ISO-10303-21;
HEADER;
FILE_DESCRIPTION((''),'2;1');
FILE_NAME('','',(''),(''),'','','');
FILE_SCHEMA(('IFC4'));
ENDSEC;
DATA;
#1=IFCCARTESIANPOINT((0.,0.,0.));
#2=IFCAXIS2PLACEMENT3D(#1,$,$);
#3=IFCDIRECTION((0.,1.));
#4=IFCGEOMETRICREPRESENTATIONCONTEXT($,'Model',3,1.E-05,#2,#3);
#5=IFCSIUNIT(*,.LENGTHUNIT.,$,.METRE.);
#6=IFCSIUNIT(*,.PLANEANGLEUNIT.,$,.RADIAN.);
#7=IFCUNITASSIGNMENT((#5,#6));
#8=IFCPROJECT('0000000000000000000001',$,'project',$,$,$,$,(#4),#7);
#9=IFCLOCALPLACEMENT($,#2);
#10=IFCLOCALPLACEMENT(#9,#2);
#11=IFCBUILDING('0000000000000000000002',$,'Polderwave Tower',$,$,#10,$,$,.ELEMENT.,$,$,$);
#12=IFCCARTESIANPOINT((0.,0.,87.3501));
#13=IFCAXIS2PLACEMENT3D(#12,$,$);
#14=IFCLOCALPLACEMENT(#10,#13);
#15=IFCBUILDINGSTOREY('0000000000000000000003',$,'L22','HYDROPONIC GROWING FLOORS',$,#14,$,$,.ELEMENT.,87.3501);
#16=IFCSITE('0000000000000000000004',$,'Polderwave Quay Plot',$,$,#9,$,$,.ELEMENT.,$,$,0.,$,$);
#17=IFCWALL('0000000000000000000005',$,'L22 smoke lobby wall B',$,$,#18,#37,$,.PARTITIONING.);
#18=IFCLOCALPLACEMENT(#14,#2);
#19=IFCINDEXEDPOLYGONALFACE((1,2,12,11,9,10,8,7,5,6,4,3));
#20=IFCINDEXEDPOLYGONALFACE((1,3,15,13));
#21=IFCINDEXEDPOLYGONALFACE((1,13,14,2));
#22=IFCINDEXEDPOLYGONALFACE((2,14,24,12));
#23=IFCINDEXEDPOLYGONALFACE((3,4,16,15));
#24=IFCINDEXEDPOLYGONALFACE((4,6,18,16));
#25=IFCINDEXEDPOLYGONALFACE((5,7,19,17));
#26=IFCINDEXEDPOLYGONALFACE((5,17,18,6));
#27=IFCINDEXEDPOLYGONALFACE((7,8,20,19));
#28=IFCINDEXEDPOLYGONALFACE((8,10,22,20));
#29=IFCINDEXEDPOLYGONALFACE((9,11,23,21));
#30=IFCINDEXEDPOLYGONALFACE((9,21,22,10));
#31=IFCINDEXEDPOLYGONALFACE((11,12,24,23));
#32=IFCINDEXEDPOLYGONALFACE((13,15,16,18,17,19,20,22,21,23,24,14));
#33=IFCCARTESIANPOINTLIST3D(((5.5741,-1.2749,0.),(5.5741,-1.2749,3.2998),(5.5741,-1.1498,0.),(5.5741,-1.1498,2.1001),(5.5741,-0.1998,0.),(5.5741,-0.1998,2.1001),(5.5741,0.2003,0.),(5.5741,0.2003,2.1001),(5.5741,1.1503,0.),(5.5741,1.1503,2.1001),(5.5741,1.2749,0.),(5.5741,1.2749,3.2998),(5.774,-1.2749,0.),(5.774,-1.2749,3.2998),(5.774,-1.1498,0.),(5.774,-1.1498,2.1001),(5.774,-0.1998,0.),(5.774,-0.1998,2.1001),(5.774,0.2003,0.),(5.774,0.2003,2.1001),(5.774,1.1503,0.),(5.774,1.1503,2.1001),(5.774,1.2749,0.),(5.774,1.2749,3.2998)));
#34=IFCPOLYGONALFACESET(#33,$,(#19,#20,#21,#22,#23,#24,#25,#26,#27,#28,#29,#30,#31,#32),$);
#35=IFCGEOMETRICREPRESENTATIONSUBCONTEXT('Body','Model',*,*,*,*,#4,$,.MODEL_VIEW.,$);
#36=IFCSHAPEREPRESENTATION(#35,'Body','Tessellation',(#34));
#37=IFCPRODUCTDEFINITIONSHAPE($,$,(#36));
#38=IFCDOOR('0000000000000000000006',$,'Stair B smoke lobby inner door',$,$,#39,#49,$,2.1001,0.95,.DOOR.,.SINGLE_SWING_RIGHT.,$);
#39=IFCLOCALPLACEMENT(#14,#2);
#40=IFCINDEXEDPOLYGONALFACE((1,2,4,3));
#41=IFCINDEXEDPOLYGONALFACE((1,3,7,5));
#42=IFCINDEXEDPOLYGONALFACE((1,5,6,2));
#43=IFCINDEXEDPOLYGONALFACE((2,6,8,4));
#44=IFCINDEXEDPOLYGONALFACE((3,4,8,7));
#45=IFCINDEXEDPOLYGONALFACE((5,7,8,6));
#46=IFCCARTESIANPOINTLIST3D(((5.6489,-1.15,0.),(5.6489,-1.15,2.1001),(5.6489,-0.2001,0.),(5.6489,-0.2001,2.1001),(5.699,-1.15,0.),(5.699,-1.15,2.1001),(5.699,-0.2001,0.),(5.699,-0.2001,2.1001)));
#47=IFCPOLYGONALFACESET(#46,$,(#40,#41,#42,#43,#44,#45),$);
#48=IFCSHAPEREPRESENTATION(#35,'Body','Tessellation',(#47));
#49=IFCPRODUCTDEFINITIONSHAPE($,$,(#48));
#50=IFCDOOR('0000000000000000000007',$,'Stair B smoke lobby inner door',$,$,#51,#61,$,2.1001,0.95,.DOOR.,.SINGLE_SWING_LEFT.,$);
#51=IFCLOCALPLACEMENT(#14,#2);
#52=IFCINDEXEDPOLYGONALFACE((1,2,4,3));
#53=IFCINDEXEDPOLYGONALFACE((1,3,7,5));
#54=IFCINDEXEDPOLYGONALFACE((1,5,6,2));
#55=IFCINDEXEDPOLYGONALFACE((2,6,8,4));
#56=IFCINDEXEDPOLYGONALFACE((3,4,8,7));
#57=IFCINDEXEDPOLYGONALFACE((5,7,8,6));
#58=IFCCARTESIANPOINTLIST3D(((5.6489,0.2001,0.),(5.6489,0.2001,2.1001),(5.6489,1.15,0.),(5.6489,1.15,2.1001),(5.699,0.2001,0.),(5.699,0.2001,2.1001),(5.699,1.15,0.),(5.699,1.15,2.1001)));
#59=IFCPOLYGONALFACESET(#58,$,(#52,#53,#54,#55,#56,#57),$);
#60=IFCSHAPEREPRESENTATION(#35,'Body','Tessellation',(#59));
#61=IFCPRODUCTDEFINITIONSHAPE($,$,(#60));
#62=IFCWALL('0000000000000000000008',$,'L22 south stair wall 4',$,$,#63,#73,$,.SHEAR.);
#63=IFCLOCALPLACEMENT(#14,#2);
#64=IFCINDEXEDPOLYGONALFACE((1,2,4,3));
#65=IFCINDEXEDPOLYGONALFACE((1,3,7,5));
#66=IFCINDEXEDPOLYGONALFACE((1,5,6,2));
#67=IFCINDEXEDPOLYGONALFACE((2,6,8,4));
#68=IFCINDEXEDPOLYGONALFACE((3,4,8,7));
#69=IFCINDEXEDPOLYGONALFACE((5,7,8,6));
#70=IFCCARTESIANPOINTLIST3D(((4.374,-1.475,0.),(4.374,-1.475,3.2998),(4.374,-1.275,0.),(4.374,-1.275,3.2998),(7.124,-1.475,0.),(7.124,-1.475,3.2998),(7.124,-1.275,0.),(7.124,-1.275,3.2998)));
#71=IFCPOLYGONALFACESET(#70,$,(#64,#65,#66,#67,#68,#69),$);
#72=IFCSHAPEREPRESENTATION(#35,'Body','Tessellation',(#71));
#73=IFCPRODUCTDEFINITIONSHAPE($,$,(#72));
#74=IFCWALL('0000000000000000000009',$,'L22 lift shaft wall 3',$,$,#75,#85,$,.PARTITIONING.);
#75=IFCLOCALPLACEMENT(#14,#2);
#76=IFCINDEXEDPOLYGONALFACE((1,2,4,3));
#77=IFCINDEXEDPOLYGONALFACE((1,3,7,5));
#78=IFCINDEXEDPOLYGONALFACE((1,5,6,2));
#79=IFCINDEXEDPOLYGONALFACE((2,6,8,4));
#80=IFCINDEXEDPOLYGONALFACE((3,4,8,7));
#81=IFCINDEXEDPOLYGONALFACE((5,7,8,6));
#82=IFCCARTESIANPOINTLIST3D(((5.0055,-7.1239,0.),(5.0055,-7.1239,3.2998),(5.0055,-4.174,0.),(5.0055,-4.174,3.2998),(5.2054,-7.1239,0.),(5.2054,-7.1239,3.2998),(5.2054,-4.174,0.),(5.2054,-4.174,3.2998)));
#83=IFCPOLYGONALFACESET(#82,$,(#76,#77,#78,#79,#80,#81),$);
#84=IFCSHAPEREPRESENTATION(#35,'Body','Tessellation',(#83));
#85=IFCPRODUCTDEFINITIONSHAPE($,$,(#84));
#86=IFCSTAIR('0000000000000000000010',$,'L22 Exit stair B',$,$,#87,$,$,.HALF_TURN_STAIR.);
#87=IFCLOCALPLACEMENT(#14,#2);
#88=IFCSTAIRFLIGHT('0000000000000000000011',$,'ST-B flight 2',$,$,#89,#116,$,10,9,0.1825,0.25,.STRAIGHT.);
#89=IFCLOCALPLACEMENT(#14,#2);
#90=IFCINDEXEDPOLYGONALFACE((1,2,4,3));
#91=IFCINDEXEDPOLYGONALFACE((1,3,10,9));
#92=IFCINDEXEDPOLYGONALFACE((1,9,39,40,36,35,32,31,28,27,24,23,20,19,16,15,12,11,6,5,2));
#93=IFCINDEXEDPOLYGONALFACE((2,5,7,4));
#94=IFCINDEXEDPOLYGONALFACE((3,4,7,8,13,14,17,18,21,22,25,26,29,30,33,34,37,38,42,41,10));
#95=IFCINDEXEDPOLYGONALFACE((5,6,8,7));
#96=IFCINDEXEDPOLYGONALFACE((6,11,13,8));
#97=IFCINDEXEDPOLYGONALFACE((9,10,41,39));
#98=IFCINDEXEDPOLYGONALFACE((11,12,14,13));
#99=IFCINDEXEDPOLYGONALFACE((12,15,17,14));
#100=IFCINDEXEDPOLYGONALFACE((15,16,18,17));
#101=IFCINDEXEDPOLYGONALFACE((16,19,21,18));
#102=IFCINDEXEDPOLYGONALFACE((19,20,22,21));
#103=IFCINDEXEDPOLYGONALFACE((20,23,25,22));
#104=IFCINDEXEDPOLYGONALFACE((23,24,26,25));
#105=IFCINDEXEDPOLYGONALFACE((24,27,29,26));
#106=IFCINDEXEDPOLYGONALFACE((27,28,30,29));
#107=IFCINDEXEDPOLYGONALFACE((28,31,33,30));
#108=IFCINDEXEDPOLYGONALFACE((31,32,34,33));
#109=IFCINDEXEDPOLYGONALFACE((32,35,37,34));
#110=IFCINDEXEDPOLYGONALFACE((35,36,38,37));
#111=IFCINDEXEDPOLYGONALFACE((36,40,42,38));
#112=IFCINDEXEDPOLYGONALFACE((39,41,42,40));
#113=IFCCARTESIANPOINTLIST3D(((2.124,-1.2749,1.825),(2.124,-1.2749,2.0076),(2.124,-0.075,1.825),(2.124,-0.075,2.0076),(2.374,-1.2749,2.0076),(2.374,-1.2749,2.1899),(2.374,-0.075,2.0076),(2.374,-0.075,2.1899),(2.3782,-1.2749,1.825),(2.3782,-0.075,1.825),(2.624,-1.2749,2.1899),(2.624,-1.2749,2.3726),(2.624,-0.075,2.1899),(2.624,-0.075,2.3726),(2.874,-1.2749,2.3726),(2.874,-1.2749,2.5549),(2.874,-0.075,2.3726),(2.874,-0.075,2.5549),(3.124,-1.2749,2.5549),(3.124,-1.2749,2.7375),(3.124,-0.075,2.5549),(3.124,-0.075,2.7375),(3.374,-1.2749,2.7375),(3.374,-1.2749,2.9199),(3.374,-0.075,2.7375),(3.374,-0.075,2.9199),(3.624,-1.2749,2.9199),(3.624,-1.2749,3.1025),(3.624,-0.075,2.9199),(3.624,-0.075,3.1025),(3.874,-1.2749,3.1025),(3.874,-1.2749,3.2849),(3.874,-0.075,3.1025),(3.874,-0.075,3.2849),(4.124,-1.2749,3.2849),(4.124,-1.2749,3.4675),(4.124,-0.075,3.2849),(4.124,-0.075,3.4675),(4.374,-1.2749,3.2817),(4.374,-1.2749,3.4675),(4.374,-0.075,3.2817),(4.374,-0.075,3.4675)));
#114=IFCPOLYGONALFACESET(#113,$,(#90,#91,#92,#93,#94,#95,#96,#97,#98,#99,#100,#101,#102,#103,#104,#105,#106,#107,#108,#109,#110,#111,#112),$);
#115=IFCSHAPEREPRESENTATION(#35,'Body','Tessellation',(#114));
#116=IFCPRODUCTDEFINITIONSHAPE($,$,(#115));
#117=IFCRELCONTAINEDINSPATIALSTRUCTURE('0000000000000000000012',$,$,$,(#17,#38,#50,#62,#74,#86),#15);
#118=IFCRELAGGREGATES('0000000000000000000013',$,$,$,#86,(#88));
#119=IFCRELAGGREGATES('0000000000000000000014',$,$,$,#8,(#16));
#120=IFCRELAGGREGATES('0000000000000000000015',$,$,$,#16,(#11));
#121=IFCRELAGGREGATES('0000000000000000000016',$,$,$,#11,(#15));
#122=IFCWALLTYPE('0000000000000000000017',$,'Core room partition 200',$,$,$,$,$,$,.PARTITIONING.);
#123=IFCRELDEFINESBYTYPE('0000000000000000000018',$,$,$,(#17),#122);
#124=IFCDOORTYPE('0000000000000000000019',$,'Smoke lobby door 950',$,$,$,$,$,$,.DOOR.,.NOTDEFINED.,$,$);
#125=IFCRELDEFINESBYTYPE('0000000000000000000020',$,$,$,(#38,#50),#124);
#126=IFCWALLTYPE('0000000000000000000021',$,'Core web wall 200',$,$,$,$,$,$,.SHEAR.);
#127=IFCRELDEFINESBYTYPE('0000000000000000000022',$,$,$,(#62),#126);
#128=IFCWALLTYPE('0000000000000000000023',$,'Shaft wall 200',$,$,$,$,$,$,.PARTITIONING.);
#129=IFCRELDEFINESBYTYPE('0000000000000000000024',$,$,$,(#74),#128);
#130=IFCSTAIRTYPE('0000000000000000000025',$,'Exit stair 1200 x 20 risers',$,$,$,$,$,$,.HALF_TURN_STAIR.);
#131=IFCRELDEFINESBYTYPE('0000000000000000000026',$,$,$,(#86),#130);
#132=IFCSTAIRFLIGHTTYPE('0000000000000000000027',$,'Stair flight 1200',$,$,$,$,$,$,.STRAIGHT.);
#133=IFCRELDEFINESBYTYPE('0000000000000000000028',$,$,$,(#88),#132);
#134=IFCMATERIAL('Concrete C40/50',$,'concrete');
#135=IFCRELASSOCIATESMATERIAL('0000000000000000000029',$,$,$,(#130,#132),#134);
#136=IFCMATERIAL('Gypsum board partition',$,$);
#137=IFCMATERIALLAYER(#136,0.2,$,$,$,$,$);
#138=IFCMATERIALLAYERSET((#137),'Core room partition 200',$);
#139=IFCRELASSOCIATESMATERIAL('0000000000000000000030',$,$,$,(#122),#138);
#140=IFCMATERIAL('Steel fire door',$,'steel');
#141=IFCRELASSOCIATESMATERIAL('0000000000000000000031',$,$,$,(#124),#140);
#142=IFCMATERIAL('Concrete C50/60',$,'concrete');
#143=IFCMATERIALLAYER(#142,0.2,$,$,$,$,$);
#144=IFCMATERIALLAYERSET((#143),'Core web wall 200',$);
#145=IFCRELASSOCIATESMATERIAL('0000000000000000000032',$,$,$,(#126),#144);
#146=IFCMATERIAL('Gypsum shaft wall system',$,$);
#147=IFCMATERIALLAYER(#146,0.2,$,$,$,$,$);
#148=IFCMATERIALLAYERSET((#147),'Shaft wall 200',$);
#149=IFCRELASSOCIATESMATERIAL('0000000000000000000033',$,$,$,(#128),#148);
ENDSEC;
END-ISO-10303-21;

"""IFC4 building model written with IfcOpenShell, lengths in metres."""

from ifc_helpers import new_model, si_unit, direction, frame, frame_2d, origin, place, context, subcontext, project, spatial, polyline, rectangle, outline, extrude, material, layer, layer_set, type_object, element, fill, aggregate, save


model = new_model("IFC4")

# Units and contexts
model_context = context("Model", 3, precision=1e-05, world=origin(), true_north=direction((0.0, 1.0)))
body_context = subcontext(model_context, "Body", "Model", "MODEL_VIEW")
ifc_project = project(units=[si_unit("LENGTHUNIT", "METRE"), si_unit("PLANEANGLEUNIT", "RADIAN")], contexts=[model_context])

# Site, building, storey
site_placement = place(None, origin())
site = spatial("IfcSite", under=ifc_project, at=site_placement, Name="Polderwave Quay Plot", CompositionType="ELEMENT", RefElevation=0.0)
building_placement = place(site_placement, origin())
building = spatial("IfcBuilding", under=site, at=building_placement, Name="Polderwave Tower", CompositionType="ELEMENT")
storey_placement = place(building_placement, frame((0.0, 0.0, 87.3501)))
storey = spatial("IfcBuildingStorey", under=building, at=storey_placement, Name="L22", Description="HYDROPONIC GROWING FLOORS", CompositionType="ELEMENT", Elevation=87.3501)

# Shared definitions
ifc_material_1 = material(Name="Concrete C40/50", Category="concrete")

# Shared definitions
stair_type = type_object("IfcStairType", Name="Exit stair 1200 x 20 risers", PredefinedType="HALF_TURN_STAIR", material=ifc_material_1)

# Wall, openings, doors
ifc_material_2 = material(Name="Steel fire door", Category="steel")
ifc_material_3 = material(Name="Gypsum board partition")
ifc_layer_1 = layer(ifc_material_3, 0.2)
ifc_layer_set_1 = layer_set([ifc_layer_1], Name="Core room partition 200")
wall_type_1 = type_object("IfcWallType", Name="Core room partition 200", PredefinedType="PARTITIONING", material=ifc_layer_set_1)
wall_1_placement = place(storey_placement, frame((5.6741, -1.2749, 0.0), z_axis=(0.0, 0.0, 1.0), x_axis=(0.0, 1.0, 0.0)))
wall_1 = element("IfcWall", 1, at=wall_1_placement, inside=storey, type_object=wall_type_1, Name="L22 smoke lobby wall B", PredefinedType="PARTITIONING", context=body_context, shape_type="SweptSolid", body=[
    extrude(rectangle(XDim=2.5498, YDim=0.2, at=frame_2d((1.2749, 0.0))), origin(), (0.0, 0.0, 1.0), 3.2998),
])
opening_1_placement = place(wall_1_placement, frame((0.125, 0.0, 0.0)))
opening_1 = element("IfcOpeningElement", 2, at=opening_1_placement, cuts=wall_1, PredefinedType="OPENING", context=body_context, shape_type="SweptSolid", body=[
    extrude(rectangle(XDim=0.95, YDim=2.1001, at=frame_2d((0.4751, 1.05))), frame((0.0, 0.1099, 0.0), z_axis=(0.0, -1.0, 0.0), x_axis=(1.0, 0.0, 0.0)), (0.0, 0.0, 1.0), 0.22),
])
opening_2_placement = place(wall_1_placement, frame((1.4751, 0.0, 0.0)))
opening_2 = element("IfcOpeningElement", 3, at=opening_2_placement, cuts=wall_1, PredefinedType="OPENING", context=body_context, shape_type="SweptSolid", body=[
    extrude(rectangle(XDim=0.95, YDim=2.1001, at=frame_2d((0.4751, 1.05))), frame((0.0, 0.1099, 0.0), z_axis=(0.0, -1.0, 0.0), x_axis=(1.0, 0.0, 0.0)), (0.0, 0.0, 1.0), 0.22),
])
door_type_1 = type_object("IfcDoorType", Name="Smoke lobby door 950", OperationType="NOTDEFINED", PredefinedType="DOOR", material=ifc_material_2)
door_1_placement = place(opening_1_placement, frame((0.95, 0.0, 0.0), z_axis=(0.0, 0.0, 1.0), x_axis=(-1.0, 0.0, 0.0)))
door_1 = element("IfcDoor", 4, at=door_1_placement, inside=storey, type_object=door_type_1, Name="Stair B smoke lobby inner door", OperationType="SINGLE_SWING_RIGHT", OverallHeight=2.1001, OverallWidth=0.95, PredefinedType="DOOR", context=body_context, shape_type="SweptSolid", body=[
    extrude(rectangle(XDim=0.95, YDim=2.1001, at=frame_2d((0.4751, 1.05))), frame((0.0, 0.0249, 0.0), z_axis=(0.0, -1.0, 0.0), x_axis=(1.0, 0.0, 0.0)), (0.0, 0.0, 1.0), 0.05),
])
fill(opening_1, door_1)
door_2_placement = place(opening_2_placement, frame((0.95, 0.0, 0.0), z_axis=(0.0, 0.0, 1.0), x_axis=(-1.0, 0.0, 0.0)))
door_2 = element("IfcDoor", 5, at=door_2_placement, inside=storey, type_object=door_type_1, Name="Stair B smoke lobby inner door", OperationType="SINGLE_SWING_LEFT", OverallHeight=2.1001, OverallWidth=0.95, PredefinedType="DOOR", context=body_context, shape_type="SweptSolid", body=[
    extrude(rectangle(XDim=0.95, YDim=2.1001, at=frame_2d((0.4751, 1.05))), frame((0.0, 0.0249, 0.0), z_axis=(0.0, -1.0, 0.0), x_axis=(1.0, 0.0, 0.0)), (0.0, 0.0, 1.0), 0.05),
])
fill(opening_2, door_2)

# Walls
ifc_material_4 = material(Name="Concrete C50/60", Category="concrete")
ifc_layer_2 = layer(ifc_material_4, 0.2)
ifc_layer_set_2 = layer_set([ifc_layer_2], Name="Core web wall 200")
wall_type_2 = type_object("IfcWallType", Name="Core web wall 200", PredefinedType="SHEAR", material=ifc_layer_set_2)
wall_2_placement = place(storey_placement, frame((4.374, -1.375, 0.0), z_axis=(0.0, 0.0, 1.0), x_axis=(1.0, 0.0, 0.0)))
element("IfcWall", 6, at=wall_2_placement, inside=storey, type_object=wall_type_2, Name="L22 south stair wall 4", PredefinedType="SHEAR", context=body_context, shape_type="SweptSolid", body=[
    extrude(rectangle(XDim=2.75, YDim=0.2, at=frame_2d((1.375, 0.0))), origin(), (0.0, 0.0, 1.0), 3.2998),
])
ifc_material_5 = material(Name="Gypsum shaft wall system")
ifc_layer_3 = layer(ifc_material_5, 0.2)
ifc_layer_set_3 = layer_set([ifc_layer_3], Name="Shaft wall 200")
wall_type_3 = type_object("IfcWallType", Name="Shaft wall 200", PredefinedType="PARTITIONING", material=ifc_layer_set_3)
wall_3_placement = place(storey_placement, frame((5.1055, -7.124, 0.0), z_axis=(0.0, 0.0, 1.0), x_axis=(0.0, 1.0, 0.0)))
element("IfcWall", 7, at=wall_3_placement, inside=storey, type_object=wall_type_3, Name="L22 lift shaft wall 3", PredefinedType="PARTITIONING", context=body_context, shape_type="SweptSolid", body=[
    extrude(rectangle(XDim=2.95, YDim=0.2, at=frame_2d((1.4751, 0.0))), origin(), (0.0, 0.0, 1.0), 3.2998),
])

# Stair, stair flight
stair_1_placement = place(storey_placement, origin())
stair_1 = element("IfcStair", 8, at=stair_1_placement, inside=storey, type_object=stair_type, Name="L22 Exit stair B", PredefinedType="HALF_TURN_STAIR")
stair_flight_type = type_object("IfcStairFlightType", Name="Stair flight 1200", PredefinedType="STRAIGHT", material=ifc_material_1)
stair_flight_placement = place(storey_placement, frame((2.124, -0.675, 1.825), z_axis=(0.0, 0.0, 1.0), x_axis=(1.0, 0.0, 0.0)))
stair_flight = element("IfcStairFlight", 9, at=stair_flight_placement, type_object=stair_flight_type, Name="ST-B flight 2", NumberOfRisers=10, NumberOfTreads=9, PredefinedType="STRAIGHT", RiserHeight=0.1825, TreadLength=0.25, context=body_context, shape_type="SweptSolid", body=[
    extrude(outline(polyline([(0.0, 0.0), (0.0, 0.1826), (0.25, 0.1826), (0.25, 0.365), (0.5, 0.365), (0.5, 0.5476), (0.75, 0.5476), (0.75, 0.73), (1.0, 0.73), (1.0, 0.9126), (1.25, 0.9126), (1.25, 1.095), (1.5, 1.095), (1.5, 1.2776), (1.75, 1.2776), (1.75, 1.46), (2.0, 1.46), (2.0, 1.6426), (2.25, 1.6426), (2.25, 1.825), (2.25, 1.4568), (0.2542, 0.0), (0.0, 0.0)])), frame((0.0, 0.6001, 0.0), z_axis=(0.0, -1.0, 0.0), x_axis=(1.0, 0.0, 0.0)), (0.0, 0.0, 1.0), 1.2),
])
aggregate(stair_1, [stair_flight])

save(model, "model.ifc")
